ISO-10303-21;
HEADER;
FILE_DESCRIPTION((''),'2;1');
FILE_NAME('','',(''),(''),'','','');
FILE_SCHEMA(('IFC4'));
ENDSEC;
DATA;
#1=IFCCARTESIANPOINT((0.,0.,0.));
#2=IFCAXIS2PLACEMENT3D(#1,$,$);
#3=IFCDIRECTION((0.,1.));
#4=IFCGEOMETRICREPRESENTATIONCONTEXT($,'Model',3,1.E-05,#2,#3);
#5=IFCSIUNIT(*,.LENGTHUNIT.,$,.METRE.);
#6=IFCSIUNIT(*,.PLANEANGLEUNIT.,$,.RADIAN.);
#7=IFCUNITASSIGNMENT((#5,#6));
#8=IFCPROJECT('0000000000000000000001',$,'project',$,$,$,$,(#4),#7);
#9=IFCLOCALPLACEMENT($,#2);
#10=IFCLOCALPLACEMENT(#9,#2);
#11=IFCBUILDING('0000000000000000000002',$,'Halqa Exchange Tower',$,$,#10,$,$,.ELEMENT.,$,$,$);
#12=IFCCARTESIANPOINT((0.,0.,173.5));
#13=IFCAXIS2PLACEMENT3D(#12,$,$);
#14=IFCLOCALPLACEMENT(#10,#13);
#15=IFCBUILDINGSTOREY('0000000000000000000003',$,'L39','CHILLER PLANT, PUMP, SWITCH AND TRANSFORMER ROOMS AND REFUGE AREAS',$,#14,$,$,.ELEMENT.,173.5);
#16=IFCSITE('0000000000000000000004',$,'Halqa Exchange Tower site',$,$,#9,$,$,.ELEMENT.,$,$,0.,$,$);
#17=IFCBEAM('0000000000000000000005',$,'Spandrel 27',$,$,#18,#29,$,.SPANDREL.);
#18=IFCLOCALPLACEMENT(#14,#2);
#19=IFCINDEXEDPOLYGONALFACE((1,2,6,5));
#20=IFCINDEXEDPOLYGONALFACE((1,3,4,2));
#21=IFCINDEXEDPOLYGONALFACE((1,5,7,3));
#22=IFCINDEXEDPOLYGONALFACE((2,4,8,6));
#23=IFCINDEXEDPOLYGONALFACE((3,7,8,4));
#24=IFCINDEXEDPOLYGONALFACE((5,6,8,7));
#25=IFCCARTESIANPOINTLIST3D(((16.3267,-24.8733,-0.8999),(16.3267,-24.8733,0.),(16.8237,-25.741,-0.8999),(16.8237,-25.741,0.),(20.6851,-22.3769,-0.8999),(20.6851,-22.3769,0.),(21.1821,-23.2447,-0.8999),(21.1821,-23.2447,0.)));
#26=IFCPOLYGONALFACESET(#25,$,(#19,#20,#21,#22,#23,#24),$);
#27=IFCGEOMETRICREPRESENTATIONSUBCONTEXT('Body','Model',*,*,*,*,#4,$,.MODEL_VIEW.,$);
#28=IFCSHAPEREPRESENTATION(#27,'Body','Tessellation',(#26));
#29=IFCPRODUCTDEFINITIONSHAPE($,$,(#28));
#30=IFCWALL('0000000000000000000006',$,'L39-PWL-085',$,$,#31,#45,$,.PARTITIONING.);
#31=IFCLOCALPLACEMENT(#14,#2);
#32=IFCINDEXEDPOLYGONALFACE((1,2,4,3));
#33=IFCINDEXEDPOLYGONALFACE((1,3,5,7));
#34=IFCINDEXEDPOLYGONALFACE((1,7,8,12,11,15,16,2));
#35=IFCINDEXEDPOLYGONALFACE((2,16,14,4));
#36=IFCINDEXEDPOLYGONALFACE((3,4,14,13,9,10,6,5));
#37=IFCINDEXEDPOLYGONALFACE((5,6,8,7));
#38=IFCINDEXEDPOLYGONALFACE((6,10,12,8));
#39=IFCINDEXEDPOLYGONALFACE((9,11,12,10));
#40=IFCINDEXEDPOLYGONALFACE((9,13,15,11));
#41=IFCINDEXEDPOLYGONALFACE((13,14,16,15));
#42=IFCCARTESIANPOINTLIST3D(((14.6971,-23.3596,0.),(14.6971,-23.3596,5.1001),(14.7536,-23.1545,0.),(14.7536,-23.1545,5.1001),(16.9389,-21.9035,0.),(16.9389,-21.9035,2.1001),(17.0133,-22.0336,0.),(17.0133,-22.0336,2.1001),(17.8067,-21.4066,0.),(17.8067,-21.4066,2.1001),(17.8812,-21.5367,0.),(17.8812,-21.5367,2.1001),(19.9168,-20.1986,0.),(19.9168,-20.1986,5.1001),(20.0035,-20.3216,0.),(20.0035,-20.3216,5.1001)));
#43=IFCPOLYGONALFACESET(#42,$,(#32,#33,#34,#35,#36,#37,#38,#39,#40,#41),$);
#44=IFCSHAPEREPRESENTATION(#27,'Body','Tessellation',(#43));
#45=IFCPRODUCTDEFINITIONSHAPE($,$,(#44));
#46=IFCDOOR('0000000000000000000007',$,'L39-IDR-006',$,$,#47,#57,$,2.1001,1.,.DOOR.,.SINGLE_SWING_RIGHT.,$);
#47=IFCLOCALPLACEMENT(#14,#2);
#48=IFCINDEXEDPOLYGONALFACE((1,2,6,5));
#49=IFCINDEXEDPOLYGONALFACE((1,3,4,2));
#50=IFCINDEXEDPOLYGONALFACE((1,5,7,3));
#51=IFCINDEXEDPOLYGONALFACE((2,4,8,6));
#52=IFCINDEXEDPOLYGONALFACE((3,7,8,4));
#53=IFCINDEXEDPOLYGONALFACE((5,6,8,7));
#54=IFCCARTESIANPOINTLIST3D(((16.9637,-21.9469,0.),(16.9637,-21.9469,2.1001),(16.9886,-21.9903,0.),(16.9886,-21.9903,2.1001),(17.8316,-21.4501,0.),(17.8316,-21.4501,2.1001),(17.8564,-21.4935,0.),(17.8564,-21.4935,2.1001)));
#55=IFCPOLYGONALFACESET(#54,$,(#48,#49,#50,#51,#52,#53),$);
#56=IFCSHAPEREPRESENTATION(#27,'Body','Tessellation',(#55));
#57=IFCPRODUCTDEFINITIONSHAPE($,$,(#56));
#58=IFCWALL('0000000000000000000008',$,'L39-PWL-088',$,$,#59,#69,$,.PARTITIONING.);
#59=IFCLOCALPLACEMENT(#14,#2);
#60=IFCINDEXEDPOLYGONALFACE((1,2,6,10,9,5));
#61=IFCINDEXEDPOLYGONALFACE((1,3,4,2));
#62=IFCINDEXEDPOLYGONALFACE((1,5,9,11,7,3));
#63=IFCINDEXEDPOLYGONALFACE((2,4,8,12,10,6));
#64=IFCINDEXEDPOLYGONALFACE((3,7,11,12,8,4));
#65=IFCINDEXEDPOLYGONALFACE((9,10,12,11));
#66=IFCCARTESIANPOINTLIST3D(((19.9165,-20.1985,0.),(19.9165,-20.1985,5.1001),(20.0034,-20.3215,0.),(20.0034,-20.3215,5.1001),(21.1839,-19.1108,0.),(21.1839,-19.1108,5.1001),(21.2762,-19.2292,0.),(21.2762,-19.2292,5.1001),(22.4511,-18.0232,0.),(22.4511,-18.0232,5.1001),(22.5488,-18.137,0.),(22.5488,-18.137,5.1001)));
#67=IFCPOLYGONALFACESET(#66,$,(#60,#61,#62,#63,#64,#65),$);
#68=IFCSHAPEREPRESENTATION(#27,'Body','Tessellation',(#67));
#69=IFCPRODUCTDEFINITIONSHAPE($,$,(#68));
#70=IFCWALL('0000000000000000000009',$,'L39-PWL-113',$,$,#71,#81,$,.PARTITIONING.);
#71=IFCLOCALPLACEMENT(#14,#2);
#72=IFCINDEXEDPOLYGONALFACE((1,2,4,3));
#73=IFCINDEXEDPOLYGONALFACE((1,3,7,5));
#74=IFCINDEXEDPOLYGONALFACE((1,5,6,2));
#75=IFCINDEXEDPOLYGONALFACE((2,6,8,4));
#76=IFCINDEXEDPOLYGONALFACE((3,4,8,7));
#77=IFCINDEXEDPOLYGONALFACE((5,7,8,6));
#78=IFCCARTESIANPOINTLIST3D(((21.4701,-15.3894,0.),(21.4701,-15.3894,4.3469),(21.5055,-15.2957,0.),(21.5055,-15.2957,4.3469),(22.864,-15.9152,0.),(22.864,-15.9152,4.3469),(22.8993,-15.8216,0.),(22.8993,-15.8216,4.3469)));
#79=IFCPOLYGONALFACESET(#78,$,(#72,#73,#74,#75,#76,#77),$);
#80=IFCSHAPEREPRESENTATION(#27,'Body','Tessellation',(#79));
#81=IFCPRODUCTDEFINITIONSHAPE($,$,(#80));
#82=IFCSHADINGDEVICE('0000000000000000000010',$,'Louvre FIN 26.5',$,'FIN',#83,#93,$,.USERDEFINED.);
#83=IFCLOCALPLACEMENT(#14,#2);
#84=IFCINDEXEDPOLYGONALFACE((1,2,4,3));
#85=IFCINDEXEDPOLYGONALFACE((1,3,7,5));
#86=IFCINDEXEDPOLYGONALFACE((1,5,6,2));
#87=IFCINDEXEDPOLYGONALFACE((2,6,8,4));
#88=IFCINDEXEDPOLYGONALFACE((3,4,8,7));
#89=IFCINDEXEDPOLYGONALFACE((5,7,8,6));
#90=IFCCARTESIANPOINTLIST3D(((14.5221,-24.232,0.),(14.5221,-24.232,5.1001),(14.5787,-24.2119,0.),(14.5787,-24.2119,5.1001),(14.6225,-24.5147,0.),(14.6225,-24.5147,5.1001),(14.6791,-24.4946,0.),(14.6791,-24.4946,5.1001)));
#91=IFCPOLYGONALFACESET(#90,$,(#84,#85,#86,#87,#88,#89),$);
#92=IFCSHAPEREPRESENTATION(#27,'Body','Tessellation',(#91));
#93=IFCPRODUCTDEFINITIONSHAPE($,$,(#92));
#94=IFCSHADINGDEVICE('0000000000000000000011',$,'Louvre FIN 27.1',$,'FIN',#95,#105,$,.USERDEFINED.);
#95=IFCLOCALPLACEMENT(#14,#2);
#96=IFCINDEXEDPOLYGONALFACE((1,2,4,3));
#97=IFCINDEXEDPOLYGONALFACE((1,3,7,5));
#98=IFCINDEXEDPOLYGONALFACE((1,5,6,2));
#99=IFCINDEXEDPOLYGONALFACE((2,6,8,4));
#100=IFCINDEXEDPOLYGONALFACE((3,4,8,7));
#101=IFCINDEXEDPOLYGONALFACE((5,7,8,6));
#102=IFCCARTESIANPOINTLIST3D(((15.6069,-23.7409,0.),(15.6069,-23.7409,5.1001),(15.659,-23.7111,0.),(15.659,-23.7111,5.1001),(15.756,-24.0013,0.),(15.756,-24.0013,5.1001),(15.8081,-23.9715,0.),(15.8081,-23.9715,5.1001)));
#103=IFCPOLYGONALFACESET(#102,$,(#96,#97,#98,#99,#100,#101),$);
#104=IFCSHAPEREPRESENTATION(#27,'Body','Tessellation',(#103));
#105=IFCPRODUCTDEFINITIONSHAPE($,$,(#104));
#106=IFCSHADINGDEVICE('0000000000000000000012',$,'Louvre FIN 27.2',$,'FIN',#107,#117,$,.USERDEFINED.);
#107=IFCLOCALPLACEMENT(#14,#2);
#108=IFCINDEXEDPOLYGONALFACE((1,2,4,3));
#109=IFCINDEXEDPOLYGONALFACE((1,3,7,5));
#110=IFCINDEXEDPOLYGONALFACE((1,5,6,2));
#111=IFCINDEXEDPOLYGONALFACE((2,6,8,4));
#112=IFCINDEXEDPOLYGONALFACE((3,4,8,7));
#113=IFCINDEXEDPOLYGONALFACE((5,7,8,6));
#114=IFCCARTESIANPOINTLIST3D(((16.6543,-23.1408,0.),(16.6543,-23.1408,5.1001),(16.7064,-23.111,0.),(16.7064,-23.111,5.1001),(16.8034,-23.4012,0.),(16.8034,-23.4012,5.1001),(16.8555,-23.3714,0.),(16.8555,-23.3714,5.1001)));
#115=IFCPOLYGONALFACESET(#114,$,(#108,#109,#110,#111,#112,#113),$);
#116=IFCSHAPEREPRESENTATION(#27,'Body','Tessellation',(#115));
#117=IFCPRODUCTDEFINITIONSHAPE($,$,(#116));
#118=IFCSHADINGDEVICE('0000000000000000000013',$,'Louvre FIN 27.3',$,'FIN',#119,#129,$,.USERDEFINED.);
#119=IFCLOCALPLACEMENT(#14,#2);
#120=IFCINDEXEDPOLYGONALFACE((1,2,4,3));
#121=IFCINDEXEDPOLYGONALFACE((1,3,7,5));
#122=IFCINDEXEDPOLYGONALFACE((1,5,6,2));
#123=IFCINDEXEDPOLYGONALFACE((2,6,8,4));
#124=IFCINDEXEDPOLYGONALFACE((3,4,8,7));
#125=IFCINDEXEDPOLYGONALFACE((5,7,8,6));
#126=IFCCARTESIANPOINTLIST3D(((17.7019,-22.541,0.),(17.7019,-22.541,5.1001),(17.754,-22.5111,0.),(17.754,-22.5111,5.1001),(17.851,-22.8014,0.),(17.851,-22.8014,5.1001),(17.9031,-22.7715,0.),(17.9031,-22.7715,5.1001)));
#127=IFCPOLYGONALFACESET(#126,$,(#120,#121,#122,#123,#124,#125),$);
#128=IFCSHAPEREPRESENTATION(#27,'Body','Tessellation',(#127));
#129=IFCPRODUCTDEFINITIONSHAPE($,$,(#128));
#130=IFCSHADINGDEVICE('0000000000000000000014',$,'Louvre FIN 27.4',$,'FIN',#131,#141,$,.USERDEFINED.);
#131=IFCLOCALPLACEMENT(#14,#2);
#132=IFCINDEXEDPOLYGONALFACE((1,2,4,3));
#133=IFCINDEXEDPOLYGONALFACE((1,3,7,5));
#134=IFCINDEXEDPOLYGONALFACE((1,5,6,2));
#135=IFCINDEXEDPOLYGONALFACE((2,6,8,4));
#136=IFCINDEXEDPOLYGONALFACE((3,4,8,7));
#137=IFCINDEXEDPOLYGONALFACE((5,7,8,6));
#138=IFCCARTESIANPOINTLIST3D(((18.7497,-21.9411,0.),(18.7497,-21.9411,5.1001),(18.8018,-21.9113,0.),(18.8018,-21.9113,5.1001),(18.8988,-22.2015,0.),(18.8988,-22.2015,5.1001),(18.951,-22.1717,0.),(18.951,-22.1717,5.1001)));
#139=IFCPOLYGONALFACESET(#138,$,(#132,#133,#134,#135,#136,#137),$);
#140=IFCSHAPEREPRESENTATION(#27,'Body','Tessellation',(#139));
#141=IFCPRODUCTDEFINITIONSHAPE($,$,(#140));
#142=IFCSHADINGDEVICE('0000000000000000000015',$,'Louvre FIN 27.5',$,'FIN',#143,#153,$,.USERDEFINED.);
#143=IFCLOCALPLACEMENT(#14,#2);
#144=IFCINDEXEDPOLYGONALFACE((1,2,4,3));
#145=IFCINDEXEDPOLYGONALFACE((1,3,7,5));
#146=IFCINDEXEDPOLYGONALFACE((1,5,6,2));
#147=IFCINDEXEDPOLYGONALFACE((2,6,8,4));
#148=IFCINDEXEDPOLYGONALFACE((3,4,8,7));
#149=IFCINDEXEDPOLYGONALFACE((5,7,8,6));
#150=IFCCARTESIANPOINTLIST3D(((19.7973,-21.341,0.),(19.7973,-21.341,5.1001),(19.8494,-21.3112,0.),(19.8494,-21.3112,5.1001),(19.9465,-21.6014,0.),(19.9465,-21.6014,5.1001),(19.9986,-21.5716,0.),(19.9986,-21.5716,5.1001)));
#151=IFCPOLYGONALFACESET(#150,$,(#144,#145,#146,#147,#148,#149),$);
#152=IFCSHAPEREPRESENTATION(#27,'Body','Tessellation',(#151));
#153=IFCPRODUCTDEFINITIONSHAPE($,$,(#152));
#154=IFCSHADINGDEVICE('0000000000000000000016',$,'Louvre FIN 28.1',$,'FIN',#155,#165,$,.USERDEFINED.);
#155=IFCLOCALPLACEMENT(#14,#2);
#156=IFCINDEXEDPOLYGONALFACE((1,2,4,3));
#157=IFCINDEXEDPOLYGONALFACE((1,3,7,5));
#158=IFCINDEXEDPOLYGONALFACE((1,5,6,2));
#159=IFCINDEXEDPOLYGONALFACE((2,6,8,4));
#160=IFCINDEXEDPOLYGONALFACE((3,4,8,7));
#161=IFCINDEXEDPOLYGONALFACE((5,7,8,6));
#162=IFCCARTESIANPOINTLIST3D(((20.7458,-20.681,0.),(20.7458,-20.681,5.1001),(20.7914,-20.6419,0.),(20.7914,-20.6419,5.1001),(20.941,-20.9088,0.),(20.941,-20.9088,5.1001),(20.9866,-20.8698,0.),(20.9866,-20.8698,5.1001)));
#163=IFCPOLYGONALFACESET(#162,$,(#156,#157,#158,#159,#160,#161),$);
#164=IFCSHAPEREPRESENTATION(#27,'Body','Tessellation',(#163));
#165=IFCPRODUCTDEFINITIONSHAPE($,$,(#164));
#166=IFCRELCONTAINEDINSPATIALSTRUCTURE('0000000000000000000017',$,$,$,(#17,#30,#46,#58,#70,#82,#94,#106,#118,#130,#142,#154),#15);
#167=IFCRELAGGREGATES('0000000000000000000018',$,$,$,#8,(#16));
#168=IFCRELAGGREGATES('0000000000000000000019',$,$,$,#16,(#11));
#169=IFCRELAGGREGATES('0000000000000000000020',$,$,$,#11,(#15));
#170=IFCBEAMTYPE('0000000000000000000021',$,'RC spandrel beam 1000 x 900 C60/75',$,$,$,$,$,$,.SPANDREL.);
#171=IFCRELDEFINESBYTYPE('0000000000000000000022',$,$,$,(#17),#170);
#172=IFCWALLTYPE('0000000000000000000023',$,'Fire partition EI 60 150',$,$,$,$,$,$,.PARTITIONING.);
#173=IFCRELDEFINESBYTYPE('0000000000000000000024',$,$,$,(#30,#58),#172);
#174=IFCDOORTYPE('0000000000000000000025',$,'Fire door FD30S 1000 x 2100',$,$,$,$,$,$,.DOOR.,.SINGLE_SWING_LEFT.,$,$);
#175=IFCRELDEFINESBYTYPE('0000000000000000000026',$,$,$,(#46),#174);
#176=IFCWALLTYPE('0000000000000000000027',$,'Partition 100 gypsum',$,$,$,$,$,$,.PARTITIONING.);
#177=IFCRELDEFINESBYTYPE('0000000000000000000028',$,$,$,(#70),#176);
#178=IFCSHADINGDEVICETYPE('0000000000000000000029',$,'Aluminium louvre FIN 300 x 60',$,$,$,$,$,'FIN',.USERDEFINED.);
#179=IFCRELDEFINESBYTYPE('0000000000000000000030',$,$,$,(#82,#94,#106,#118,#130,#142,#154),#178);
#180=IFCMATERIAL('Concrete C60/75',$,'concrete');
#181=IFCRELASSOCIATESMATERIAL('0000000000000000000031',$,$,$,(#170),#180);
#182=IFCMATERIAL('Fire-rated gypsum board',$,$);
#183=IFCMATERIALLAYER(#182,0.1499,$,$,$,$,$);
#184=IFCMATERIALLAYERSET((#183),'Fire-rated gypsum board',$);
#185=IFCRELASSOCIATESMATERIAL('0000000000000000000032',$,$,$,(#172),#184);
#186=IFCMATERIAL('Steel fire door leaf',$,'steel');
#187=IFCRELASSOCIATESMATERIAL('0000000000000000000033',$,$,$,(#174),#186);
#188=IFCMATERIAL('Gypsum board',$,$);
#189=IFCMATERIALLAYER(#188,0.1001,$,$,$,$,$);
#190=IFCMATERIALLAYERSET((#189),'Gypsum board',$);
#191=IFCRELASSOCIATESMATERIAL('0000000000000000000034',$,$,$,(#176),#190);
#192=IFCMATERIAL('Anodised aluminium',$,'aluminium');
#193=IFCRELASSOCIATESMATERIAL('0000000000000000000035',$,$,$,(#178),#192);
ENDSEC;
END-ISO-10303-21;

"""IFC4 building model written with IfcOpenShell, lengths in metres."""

from ifc_helpers import new_model, si_unit, direction, frame, frame_2d, origin, origin_2d, place, context, subcontext, project, spatial, polyline, rectangle, outline, extrude, material, layer, layer_set, material_profile, profile_set, type_object, element, fill, save


model = new_model("IFC4")

# Units and contexts
model_context = context("Model", 3, precision=1e-05, world=origin(), true_north=direction((0.0, 1.0)))
body_context = subcontext(model_context, "Body", "Model", "MODEL_VIEW")
ifc_project = project(units=[si_unit("LENGTHUNIT", "METRE"), si_unit("PLANEANGLEUNIT", "RADIAN")], contexts=[model_context])

# Site, building, storey
site_placement = place(None, origin())
site = spatial("IfcSite", under=ifc_project, at=site_placement, Name="Halqa Exchange Tower site", CompositionType="ELEMENT", RefElevation=0.0)
building_placement = place(site_placement, origin())
building = spatial("IfcBuilding", under=site, at=building_placement, Name="Halqa Exchange Tower", CompositionType="ELEMENT")
storey_placement = place(building_placement, frame((0.0, 0.0, 173.5)))
storey = spatial("IfcBuildingStorey", under=building, at=storey_placement, Name="L39", Description="CHILLER PLANT, PUMP, SWITCH AND TRANSFORMER ROOMS AND REFUGE AREAS", CompositionType="ELEMENT", Elevation=173.5)

# Beam
ifc_material_1 = material(Name="Concrete C60/75", Category="concrete")
ifc_material_profile_1 = material_profile(ifc_material_1, rectangle(XDim=1.0, YDim=0.8999, at=origin_2d()), Name="1000 x 900")
ifc_profile_set_1 = profile_set([ifc_material_profile_1], Name="Concrete C60/75")
beam_type = type_object("IfcBeamType", Name="RC spandrel beam 1000 x 900 C60/75", PredefinedType="SPANDREL", material=ifc_profile_set_1)
beam_placement = place(storey_placement, frame((16.5752, -25.3071, -0.45), z_axis=(0.867743, 0.497013, 0.0), x_axis=(-0.497013, 0.867743, 0.0)))
element("IfcBeam", 1, at=beam_placement, inside=storey, type_object=beam_type, Name="Spandrel 27", PredefinedType="SPANDREL", context=body_context, shape_type="SweptSolid", body=[
    extrude(rectangle(XDim=1.0, YDim=0.8999, at=origin_2d()), origin(), (0.0, 0.0, 1.0), 5.0227),
])

# Wall, opening, door
ifc_material_2 = material(Name="Fire-rated gypsum board")
ifc_layer_1 = layer(ifc_material_2, 0.1499)
ifc_layer_set_1 = layer_set([ifc_layer_1], Name="Fire-rated gypsum board")
wall_type_1 = type_object("IfcWallType", Name="Fire partition EI 60 150", PredefinedType="PARTITIONING", material=ifc_layer_set_1)
wall_1_placement = place(storey_placement, frame((14.6597, -23.2947, 0.0), z_axis=(0.0, 0.0, 1.0), x_axis=(0.86784, 0.496844, 0.0)))
wall_1 = element("IfcWall", 2, at=wall_1_placement, inside=storey, type_object=wall_type_1, Name="L39-PWL-085", PredefinedType="PARTITIONING", context=body_context, shape_type="SweptSolid", body=[
    extrude(outline(polyline([(0.0002, -0.075), (1.5288, -0.075), (3.0574, -0.075), (4.5862, -0.075), (6.1147, -0.075), (6.1006, 0.075), (4.1174, 0.075), (2.1343, 0.075), (0.1511, 0.075), (0.0002, -0.075)])), origin(), (0.0, 0.0, 1.0), 5.1001),
])
opening_placement = place(wall_1_placement, frame((2.6692, 0.0, 0.0)))
opening = element("IfcOpeningElement", 3, at=opening_placement, cuts=wall_1, PredefinedType="OPENING", context=body_context, shape_type="SweptSolid", body=[
    extrude(rectangle(XDim=1.0, YDim=2.1001, at=frame_2d((0.5, 1.05))), frame((0.0, 0.0869, 0.0), z_axis=(0.0, -1.0, 0.0), x_axis=(1.0, 0.0, 0.0)), (0.0, 0.0, 1.0), 0.1738),
])
ifc_material_3 = material(Name="Steel fire door leaf", Category="steel")
door_type = type_object("IfcDoorType", Name="Fire door FD30S 1000 x 2100", OperationType="SINGLE_SWING_LEFT", PredefinedType="DOOR", material=ifc_material_3)
door_placement = place(opening_placement, origin())
door = element("IfcDoor", 4, at=door_placement, inside=storey, type_object=door_type, Name="L39-IDR-006", OperationType="SINGLE_SWING_RIGHT", OverallHeight=2.1001, OverallWidth=1.0, PredefinedType="DOOR", context=body_context, shape_type="SweptSolid", body=[
    extrude(rectangle(XDim=1.0, YDim=2.1001, at=frame_2d((0.5, 1.05))), frame((0.0, 0.0249, 0.0), z_axis=(0.0, -1.0, 0.0), x_axis=(1.0, 0.0, 0.0)), (0.0, 0.0, 1.0), 0.05),
])
fill(opening, door)

# Walls
wall_2_placement = place(storey_placement, frame((19.9546, -20.2646, 0.0), z_axis=(0.0, 0.0, 1.0), x_axis=(0.758845, 0.651271, 0.0)))
element("IfcWall", 5, at=wall_2_placement, inside=storey, type_object=wall_type_1, Name="L39-PWL-088", PredefinedType="PARTITIONING", context=body_context, shape_type="SweptSolid", body=[
    extrude(outline(polyline([(3.3542, 0.075), (1.6843, 0.075), (0.0142, 0.075), (0.0, -0.075), (1.6772, -0.075), (3.3542, -0.075), (3.3542, 0.075)])), origin(), (0.0, 0.0, 1.0), 5.1001),
])
ifc_material_4 = material(Name="Gypsum board")
ifc_layer_2 = layer(ifc_material_4, 0.1001)
ifc_layer_set_2 = layer_set([ifc_layer_2], Name="Gypsum board")
wall_type_2 = type_object("IfcWallType", Name="Partition 100 gypsum", PredefinedType="PARTITIONING", material=ifc_layer_set_2)
wall_3_placement = place(storey_placement, frame((21.4878, -15.3425, 0.0), z_axis=(0.0, 0.0, 1.0), x_axis=(0.93562, -0.353009, 0.0)))
element("IfcWall", 6, at=wall_3_placement, inside=storey, type_object=wall_type_2, Name="L39-PWL-113", PredefinedType="PARTITIONING", context=body_context, shape_type="SweptSolid", body=[
    extrude(rectangle(XDim=1.4897, YDim=0.1001, at=frame_2d((0.7449, 0.0))), origin(), (0.0, 0.0, 1.0), 4.3469),
])

# Shading devices
ifc_material_5 = material(Name="Anodised aluminium", Category="aluminium")
ifc_material_profile_2 = material_profile(ifc_material_5, rectangle(XDim=0.3, YDim=0.0601, at=origin_2d()), Name="AL FIN 300x60")
ifc_profile_set_2 = profile_set([ifc_material_profile_2], Name="Anodised aluminium")
shading_device_type = type_object("IfcShadingDeviceType", Name="Aluminium louvre FIN 300 x 60", ElementType="FIN", PredefinedType="USERDEFINED", material=ifc_profile_set_2)
for number, where, z_axis, x_axis, name in (
    (7, (14.6006, -24.3633, 0.0), (0.0, 0.0, 1.0), (-0.33458, 0.942367, 0.0), "Louvre FIN 26.5"),
    (8, (15.7075, -23.8562, 0.0), (0.0, 0.0, 1.0), (-0.496982, 0.867761, 0.0), "Louvre FIN 27.1"),
    (9, (16.7549, -23.2561, 0.0), (0.0, 0.0, 1.0), (-0.496982, 0.867761, 0.0), "Louvre FIN 27.2"),
    (10, (17.8025, -22.6562, 0.0), (0.0, 0.0, 1.0), (-0.496982, 0.867761, 0.0), "Louvre FIN 27.3"),
    (11, (18.8503, -22.0564, 0.0), (0.0, 0.0, 1.0), (-0.496982, 0.867761, 0.0), "Louvre FIN 27.4"),
    (12, (19.8979, -21.4563, 0.0), (0.0, 0.0, 1.0), (-0.496982, 0.867761, 0.0), "Louvre FIN 27.5"),
    (13, (20.8662, -20.7754, 0.0), (0.0, 0.0, 1.0), (-0.650785, 0.759262, 0.0), "Louvre FIN 28.1"),
):
    element("IfcShadingDevice", number, at=place(storey_placement, frame(where, z_axis=z_axis, x_axis=x_axis)), inside=storey, type_object=shading_device_type, Name=name, ObjectType="FIN", PredefinedType="USERDEFINED", context=body_context, shape_type="SweptSolid", body=[
        extrude(rectangle(XDim=0.3, YDim=0.0601, at=origin_2d()), origin(), (0.0, 0.0, 1.0), 5.1001),
    ])

save(model, "model.ifc")
